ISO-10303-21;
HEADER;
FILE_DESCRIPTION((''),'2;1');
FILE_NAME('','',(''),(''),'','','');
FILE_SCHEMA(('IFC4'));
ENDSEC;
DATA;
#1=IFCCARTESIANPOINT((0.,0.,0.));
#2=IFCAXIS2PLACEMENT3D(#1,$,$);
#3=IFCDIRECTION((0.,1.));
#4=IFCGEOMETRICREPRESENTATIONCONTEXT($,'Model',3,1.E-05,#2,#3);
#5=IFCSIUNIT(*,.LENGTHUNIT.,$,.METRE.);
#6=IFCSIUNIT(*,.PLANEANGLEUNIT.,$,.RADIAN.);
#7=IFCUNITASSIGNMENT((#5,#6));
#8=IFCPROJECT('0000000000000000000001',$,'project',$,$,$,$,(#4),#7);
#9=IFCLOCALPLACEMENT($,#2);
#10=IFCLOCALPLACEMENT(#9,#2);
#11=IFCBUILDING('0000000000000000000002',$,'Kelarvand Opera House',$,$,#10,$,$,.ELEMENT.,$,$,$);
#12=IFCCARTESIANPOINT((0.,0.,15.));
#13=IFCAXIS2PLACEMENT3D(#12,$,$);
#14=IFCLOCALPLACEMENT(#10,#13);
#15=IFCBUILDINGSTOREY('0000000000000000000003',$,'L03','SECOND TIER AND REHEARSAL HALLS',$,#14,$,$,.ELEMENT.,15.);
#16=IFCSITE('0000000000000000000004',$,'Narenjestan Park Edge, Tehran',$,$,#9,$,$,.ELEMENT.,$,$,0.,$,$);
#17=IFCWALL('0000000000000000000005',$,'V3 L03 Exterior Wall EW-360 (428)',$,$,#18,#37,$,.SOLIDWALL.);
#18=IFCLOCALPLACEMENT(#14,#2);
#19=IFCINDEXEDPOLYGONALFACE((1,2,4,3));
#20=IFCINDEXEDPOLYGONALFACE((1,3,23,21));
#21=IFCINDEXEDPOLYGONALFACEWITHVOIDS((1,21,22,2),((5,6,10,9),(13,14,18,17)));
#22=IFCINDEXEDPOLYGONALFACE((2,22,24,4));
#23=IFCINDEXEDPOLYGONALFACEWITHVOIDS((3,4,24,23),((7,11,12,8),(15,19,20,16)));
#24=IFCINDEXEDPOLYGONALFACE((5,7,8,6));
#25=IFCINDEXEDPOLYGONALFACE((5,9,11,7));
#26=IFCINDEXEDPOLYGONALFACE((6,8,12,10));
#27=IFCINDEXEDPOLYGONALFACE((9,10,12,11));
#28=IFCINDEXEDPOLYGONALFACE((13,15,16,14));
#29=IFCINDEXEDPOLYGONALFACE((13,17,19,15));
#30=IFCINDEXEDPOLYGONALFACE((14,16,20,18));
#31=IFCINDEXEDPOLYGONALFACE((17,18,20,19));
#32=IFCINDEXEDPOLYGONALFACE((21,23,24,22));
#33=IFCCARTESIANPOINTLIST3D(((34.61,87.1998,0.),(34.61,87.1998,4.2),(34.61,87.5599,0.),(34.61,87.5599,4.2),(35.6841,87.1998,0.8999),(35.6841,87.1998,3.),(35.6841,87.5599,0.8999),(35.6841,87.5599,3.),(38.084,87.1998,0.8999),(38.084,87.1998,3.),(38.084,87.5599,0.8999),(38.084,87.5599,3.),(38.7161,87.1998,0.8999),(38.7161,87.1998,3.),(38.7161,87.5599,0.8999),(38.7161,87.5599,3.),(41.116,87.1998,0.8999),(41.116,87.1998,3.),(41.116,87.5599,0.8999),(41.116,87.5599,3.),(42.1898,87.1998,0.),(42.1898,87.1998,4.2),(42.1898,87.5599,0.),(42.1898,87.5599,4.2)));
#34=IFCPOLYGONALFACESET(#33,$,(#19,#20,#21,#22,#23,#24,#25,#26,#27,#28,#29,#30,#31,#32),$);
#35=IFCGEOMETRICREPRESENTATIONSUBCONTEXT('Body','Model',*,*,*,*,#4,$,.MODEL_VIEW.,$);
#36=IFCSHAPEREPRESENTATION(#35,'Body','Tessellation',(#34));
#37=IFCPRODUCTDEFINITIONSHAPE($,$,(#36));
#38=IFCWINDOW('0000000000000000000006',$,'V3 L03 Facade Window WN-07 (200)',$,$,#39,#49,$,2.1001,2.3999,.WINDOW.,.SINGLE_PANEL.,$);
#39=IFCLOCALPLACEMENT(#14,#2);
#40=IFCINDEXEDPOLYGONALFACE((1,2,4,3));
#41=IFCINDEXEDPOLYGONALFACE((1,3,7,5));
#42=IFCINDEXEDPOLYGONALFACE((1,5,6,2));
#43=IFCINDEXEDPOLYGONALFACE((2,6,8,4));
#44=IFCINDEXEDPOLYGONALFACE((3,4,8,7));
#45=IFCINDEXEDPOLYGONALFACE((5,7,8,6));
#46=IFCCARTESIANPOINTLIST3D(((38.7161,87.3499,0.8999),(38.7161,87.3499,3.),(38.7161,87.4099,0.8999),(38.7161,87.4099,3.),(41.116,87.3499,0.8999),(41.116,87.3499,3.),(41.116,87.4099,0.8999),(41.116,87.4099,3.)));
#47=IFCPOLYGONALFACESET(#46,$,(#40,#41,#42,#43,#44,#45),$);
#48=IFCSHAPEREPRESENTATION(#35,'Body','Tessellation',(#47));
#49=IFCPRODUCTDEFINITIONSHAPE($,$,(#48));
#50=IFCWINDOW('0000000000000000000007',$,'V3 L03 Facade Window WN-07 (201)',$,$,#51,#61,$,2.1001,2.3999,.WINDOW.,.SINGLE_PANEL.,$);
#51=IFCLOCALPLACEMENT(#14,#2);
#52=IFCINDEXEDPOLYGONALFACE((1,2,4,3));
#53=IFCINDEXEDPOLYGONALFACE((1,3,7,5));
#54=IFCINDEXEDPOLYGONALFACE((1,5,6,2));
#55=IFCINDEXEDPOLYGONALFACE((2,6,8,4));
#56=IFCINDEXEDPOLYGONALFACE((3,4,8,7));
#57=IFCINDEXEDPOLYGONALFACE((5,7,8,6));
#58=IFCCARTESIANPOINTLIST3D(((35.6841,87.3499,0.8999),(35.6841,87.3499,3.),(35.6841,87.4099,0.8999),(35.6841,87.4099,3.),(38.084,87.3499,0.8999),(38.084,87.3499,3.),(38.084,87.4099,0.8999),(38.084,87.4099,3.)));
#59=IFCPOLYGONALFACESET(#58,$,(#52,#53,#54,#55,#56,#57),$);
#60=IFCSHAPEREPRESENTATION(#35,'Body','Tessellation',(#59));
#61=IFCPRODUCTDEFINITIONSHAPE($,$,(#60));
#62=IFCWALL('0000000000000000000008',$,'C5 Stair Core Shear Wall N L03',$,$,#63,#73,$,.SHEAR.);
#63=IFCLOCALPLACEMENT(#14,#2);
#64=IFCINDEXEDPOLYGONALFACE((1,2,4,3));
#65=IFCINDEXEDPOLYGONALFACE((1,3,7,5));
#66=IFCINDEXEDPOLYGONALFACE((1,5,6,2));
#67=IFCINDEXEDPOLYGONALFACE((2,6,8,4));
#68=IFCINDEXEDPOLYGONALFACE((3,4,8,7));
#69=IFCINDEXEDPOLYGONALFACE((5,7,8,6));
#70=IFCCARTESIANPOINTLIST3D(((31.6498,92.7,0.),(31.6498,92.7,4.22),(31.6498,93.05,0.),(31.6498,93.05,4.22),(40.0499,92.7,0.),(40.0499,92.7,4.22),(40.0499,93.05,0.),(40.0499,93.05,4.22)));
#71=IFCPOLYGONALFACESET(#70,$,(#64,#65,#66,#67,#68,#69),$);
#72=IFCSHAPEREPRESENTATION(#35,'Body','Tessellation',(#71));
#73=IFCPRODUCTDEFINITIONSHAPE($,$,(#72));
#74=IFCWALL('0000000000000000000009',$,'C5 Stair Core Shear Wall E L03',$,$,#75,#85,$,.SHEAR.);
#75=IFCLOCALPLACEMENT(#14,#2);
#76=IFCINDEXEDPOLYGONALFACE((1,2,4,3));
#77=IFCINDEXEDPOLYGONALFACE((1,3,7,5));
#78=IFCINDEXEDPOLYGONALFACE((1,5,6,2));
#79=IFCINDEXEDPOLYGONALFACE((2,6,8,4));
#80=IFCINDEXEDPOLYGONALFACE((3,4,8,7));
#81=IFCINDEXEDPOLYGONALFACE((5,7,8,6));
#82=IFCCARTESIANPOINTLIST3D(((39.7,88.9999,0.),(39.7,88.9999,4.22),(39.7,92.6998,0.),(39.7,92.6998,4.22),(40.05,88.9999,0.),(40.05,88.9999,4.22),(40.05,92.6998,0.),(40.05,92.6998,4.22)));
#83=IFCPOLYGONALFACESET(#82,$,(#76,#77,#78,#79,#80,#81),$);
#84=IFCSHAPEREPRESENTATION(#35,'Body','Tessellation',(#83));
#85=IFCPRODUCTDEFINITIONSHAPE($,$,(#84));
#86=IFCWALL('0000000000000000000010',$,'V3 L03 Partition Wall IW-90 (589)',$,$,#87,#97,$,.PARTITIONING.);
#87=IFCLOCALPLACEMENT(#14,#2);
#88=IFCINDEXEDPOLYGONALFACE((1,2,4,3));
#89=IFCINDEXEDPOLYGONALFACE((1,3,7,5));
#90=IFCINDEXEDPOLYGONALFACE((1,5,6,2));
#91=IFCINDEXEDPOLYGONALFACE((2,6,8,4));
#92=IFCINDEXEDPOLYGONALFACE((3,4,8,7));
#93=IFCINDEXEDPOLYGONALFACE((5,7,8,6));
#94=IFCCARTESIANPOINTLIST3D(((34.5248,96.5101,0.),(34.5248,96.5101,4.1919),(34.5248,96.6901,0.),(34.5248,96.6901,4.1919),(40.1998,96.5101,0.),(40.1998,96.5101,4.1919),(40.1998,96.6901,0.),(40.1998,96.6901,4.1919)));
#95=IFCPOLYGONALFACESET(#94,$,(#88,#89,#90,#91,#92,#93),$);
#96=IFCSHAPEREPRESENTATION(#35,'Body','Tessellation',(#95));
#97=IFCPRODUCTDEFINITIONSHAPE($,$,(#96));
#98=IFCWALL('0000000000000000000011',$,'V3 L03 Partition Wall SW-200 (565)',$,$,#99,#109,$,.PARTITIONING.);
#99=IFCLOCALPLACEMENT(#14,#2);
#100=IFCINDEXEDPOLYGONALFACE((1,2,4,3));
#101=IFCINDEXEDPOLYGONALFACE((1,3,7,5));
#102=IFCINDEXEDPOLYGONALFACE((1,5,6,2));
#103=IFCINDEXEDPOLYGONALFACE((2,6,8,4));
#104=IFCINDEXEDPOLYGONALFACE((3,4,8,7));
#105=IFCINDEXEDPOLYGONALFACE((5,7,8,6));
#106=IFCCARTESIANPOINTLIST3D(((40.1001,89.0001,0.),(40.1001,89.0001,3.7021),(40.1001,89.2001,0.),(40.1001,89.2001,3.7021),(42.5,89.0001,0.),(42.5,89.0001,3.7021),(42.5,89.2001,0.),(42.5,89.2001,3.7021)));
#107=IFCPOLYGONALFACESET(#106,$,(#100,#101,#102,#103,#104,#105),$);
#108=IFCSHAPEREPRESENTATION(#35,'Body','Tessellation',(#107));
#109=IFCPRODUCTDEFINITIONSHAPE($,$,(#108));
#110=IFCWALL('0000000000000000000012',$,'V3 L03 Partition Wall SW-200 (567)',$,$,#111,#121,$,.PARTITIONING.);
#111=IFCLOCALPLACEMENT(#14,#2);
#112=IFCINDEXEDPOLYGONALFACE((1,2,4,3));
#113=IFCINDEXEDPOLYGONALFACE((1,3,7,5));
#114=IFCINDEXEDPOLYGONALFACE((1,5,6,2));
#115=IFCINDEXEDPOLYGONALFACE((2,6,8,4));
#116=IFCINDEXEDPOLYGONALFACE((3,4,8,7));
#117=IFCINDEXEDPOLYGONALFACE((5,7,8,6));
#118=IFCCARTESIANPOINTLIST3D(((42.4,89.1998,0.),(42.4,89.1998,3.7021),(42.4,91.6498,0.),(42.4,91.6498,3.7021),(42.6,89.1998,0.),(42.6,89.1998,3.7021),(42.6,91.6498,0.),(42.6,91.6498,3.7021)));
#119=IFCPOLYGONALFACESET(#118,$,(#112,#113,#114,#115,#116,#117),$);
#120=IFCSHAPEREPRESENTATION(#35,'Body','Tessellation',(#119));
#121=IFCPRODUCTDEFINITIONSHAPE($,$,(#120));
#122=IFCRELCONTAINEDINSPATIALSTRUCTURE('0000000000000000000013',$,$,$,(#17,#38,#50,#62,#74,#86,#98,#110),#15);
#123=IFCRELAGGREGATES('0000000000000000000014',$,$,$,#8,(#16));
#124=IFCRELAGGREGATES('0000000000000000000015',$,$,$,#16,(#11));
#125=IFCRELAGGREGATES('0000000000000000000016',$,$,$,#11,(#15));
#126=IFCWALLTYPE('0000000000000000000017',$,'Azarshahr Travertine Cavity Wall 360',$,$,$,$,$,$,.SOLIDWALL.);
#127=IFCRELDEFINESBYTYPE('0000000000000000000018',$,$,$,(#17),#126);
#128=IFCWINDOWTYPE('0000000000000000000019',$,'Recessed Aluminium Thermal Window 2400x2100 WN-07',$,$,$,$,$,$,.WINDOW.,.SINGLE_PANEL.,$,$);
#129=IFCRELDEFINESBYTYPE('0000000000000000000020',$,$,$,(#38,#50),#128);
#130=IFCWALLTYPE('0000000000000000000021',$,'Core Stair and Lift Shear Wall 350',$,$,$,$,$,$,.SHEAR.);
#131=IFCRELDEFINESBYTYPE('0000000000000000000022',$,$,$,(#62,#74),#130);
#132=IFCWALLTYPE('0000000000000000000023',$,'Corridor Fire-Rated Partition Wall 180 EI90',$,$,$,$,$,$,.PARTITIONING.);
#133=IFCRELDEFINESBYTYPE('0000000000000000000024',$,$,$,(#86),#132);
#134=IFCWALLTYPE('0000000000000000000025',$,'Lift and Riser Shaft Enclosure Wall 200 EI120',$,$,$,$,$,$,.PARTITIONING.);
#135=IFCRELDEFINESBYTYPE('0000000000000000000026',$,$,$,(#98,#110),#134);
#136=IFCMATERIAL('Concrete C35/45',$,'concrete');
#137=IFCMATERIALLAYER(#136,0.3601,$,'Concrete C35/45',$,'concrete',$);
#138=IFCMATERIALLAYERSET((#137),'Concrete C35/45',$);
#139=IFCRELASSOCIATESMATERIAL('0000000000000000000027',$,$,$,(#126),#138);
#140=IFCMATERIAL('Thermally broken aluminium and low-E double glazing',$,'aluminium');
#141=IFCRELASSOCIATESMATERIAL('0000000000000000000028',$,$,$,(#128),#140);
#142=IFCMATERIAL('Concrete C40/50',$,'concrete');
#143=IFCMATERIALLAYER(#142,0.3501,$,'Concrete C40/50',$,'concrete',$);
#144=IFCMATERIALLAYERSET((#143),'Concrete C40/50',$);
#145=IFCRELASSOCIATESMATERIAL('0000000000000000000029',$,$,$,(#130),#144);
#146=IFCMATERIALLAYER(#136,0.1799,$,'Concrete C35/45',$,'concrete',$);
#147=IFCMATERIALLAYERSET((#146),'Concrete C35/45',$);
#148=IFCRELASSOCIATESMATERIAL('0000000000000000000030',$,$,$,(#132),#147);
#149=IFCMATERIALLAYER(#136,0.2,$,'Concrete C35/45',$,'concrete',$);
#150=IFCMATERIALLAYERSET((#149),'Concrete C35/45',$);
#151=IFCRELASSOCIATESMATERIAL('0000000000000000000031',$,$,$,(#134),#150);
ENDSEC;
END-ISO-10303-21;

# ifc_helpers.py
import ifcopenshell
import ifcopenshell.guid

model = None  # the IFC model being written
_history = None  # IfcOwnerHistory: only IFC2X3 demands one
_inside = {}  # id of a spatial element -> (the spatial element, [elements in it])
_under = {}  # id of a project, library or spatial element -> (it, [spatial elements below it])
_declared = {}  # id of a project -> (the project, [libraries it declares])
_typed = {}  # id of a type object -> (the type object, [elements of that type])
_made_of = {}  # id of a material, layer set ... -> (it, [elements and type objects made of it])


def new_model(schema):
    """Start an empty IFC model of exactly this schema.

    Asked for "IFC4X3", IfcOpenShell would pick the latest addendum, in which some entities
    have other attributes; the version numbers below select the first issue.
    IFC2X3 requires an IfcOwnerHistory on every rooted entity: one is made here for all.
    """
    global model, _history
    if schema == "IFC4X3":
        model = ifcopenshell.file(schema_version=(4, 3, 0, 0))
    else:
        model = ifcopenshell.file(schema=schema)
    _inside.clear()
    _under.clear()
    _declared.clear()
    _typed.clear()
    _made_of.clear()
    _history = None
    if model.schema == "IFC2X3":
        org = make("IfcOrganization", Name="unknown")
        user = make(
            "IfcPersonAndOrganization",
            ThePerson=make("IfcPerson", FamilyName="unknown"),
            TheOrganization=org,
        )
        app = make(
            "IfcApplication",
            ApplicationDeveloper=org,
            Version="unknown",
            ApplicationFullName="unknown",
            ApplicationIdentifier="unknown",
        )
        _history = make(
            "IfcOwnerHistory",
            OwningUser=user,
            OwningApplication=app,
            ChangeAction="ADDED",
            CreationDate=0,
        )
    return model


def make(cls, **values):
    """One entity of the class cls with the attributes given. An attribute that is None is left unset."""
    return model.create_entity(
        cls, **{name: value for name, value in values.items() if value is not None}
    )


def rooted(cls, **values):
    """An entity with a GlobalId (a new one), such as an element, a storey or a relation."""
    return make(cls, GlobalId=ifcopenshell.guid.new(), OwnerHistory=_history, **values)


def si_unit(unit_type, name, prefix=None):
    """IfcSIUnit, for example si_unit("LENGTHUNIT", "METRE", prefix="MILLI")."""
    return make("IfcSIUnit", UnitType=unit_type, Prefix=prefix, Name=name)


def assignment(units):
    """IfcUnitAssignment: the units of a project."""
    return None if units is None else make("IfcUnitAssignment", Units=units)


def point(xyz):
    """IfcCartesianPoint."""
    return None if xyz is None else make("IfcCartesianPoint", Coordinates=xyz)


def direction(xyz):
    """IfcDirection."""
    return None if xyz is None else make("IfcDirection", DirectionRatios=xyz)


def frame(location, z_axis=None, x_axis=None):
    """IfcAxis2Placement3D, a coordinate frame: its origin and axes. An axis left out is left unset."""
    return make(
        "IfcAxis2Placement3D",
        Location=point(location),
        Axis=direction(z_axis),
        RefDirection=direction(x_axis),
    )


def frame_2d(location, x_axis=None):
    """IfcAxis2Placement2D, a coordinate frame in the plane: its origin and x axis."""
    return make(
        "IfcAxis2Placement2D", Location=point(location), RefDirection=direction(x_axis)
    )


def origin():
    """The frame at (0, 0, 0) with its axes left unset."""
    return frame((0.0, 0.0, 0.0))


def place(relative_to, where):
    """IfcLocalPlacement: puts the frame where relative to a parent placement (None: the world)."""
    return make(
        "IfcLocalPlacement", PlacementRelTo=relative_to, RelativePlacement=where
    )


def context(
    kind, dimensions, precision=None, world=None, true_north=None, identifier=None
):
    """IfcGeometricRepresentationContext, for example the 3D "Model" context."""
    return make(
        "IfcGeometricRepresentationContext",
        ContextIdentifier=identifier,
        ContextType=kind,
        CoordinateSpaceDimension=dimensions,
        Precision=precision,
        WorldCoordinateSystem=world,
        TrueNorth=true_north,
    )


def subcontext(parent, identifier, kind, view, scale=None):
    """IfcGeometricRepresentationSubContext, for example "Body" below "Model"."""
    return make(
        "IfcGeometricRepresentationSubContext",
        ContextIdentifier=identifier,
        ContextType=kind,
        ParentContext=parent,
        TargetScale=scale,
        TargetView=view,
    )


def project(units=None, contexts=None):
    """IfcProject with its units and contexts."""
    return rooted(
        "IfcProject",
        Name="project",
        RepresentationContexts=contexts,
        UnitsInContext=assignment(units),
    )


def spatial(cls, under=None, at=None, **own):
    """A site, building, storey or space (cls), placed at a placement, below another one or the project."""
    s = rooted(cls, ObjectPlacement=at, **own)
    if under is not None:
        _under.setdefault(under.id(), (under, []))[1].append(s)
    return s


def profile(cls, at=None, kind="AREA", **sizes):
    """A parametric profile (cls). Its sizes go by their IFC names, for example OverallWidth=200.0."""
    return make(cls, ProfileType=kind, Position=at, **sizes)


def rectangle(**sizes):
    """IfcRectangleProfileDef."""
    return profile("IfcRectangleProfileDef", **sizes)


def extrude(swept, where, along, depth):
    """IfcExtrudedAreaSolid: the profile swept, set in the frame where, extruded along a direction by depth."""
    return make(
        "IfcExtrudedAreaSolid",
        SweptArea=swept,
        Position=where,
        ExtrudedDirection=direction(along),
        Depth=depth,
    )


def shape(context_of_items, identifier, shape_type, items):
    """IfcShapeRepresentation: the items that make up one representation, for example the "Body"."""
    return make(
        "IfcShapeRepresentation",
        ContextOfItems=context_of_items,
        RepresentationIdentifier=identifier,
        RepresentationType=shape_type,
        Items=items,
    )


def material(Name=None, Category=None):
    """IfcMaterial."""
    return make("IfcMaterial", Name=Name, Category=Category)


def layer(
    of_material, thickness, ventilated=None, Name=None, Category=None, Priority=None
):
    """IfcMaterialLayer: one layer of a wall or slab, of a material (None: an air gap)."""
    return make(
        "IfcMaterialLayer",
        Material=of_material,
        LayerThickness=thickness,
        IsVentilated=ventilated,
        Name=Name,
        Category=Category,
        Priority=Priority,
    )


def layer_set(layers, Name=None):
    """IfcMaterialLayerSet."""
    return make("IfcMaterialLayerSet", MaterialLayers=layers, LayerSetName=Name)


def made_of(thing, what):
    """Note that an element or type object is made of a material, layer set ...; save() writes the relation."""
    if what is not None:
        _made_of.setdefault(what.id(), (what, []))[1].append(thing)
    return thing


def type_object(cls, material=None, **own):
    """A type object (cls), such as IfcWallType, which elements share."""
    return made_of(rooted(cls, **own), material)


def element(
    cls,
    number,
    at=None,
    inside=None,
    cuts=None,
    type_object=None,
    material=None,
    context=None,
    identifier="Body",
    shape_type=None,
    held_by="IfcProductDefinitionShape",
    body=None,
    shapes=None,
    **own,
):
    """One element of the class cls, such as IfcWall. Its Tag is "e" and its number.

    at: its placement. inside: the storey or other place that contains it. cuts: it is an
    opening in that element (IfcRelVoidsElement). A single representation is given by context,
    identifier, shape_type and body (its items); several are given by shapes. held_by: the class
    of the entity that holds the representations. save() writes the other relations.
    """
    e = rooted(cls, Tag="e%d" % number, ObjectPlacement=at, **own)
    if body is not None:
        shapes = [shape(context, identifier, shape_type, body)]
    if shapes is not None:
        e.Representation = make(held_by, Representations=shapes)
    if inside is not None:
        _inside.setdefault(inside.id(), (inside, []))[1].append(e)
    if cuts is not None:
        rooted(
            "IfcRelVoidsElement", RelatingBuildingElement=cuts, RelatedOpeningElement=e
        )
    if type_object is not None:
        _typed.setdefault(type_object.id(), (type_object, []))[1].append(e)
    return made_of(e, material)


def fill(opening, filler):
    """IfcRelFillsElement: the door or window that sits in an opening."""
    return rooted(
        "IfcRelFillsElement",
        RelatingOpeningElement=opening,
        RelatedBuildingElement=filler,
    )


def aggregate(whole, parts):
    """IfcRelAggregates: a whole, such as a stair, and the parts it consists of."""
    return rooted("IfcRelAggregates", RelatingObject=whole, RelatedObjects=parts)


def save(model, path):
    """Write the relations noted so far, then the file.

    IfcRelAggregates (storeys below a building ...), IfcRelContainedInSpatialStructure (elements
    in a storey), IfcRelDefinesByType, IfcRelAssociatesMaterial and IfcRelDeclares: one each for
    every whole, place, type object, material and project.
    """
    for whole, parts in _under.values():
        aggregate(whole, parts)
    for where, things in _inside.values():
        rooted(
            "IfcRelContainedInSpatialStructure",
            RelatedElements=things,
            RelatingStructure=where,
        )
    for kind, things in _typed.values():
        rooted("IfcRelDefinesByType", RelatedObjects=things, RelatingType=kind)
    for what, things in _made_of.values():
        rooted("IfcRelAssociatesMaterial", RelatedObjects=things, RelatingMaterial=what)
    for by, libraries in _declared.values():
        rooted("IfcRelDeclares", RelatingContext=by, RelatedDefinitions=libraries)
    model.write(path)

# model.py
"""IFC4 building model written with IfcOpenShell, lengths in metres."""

from ifc_helpers import new_model, si_unit, direction, frame, frame_2d, origin, place, context, subcontext, project, spatial, rectangle, extrude, material, layer, layer_set, type_object, element, fill, save


model = new_model("IFC4")

# Units and contexts
model_context = context("Model", 3, precision=1e-05, world=origin(), true_north=direction((0.0, 1.0)))
body_context = subcontext(model_context, "Body", "Model", "MODEL_VIEW")
ifc_project = project(units=[si_unit("LENGTHUNIT", "METRE"), si_unit("PLANEANGLEUNIT", "RADIAN")], contexts=[model_context])

# Site, building, storey
site_placement = place(None, origin())
site = spatial("IfcSite", under=ifc_project, at=site_placement, Name="Narenjestan Park Edge, Tehran", CompositionType="ELEMENT", RefElevation=0.0)
building_placement = place(site_placement, origin())
building = spatial("IfcBuilding", under=site, at=building_placement, Name="Kelarvand Opera House", CompositionType="ELEMENT")
storey_placement = place(building_placement, frame((0.0, 0.0, 15.0)))
storey = spatial("IfcBuildingStorey", under=building, at=storey_placement, Name="L03", Description="SECOND TIER AND REHEARSAL HALLS", CompositionType="ELEMENT", Elevation=15.0)

# Shared definitions
ifc_material_1 = material(Name="Concrete C40/50", Category="concrete")

# Shared definitions
ifc_material_2 = material(Name="Concrete C35/45", Category="concrete")

# Wall, openings, windows
ifc_layer_1 = layer(ifc_material_2, 0.3601, Name="Concrete C35/45", Category="concrete")
ifc_layer_set_1 = layer_set([ifc_layer_1], Name="Concrete C35/45")
wall_type_1 = type_object("IfcWallType", Name="Azarshahr Travertine Cavity Wall 360", PredefinedType="SOLIDWALL", material=ifc_layer_set_1)
wall_1_placement = place(storey_placement, frame((42.1899, 87.3799, 0.0), z_axis=(0.0, 0.0, 1.0), x_axis=(-1.0, 0.0, 0.0)))
wall_1 = element("IfcWall", 1, at=wall_1_placement, inside=storey, type_object=wall_type_1, Name="V3 L03 Exterior Wall EW-360 (428)", PredefinedType="SOLIDWALL", context=body_context, shape_type="SweptSolid", body=[
    extrude(rectangle(XDim=7.5798, YDim=0.3601, at=frame_2d((3.79, 0.0))), origin(), (0.0, 0.0, 1.0), 4.2),
])
opening_1_placement = place(wall_1_placement, frame((1.074, 0.0, 0.8999)))
opening_1 = element("IfcOpeningElement", 2, at=opening_1_placement, cuts=wall_1, PredefinedType="OPENING", context=body_context, shape_type="SweptSolid", body=[
    extrude(rectangle(XDim=2.3999, YDim=2.1001, at=frame_2d((1.2, 1.05))), frame((0.0, 0.1899, 0.0), z_axis=(0.0, -1.0, 0.0), x_axis=(1.0, 0.0, 0.0)), (0.0, 0.0, 1.0), 0.3801),
])
opening_2_placement = place(wall_1_placement, frame((4.106, 0.0, 0.8999)))
opening_2 = element("IfcOpeningElement", 3, at=opening_2_placement, cuts=wall_1, PredefinedType="OPENING", context=body_context, shape_type="SweptSolid", body=[
    extrude(rectangle(XDim=2.3999, YDim=2.1001, at=frame_2d((1.2, 1.05))), frame((0.0, 0.1899, 0.0), z_axis=(0.0, -1.0, 0.0), x_axis=(1.0, 0.0, 0.0)), (0.0, 0.0, 1.0), 0.3801),
])
ifc_material_3 = material(Name="Thermally broken aluminium and low-E double glazing", Category="aluminium")
window_type = type_object("IfcWindowType", Name="Recessed Aluminium Thermal Window 2400x2100 WN-07", PartitioningType="SINGLE_PANEL", PredefinedType="WINDOW", material=ifc_material_3)
window_1_placement = place(opening_1_placement, origin())
window_1 = element("IfcWindow", 4, at=window_1_placement, inside=storey, type_object=window_type, Name="V3 L03 Facade Window WN-07 (200)", OverallHeight=2.1001, OverallWidth=2.3999, PartitioningType="SINGLE_PANEL", PredefinedType="WINDOW", context=body_context, shape_type="SweptSolid", body=[
    extrude(rectangle(XDim=2.3999, YDim=2.1001, at=frame_2d((1.2, 1.05))), frame((0.0, 0.03, 0.0), z_axis=(0.0, -1.0, 0.0), x_axis=(1.0, 0.0, 0.0)), (0.0, 0.0, 1.0), 0.0601),
])
fill(opening_1, window_1)
window_2_placement = place(opening_2_placement, origin())
window_2 = element("IfcWindow", 5, at=window_2_placement, inside=storey, type_object=window_type, Name="V3 L03 Facade Window WN-07 (201)", OverallHeight=2.1001, OverallWidth=2.3999, PartitioningType="SINGLE_PANEL", PredefinedType="WINDOW", context=body_context, shape_type="SweptSolid", body=[
    extrude(rectangle(XDim=2.3999, YDim=2.1001, at=frame_2d((1.2, 1.05))), frame((0.0, 0.03, 0.0), z_axis=(0.0, -1.0, 0.0), x_axis=(1.0, 0.0, 0.0)), (0.0, 0.0, 1.0), 0.0601),
])
fill(opening_2, window_2)

# Walls
ifc_layer_2 = layer(ifc_material_1, 0.3501, Name="Concrete C40/50", Category="concrete")
ifc_layer_set_2 = layer_set([ifc_layer_2], Name="Concrete C40/50")
wall_type_2 = type_object("IfcWallType", Name="Core Stair and Lift Shear Wall 350", PredefinedType="SHEAR", material=ifc_layer_set_2)
wall_2_placement = place(storey_placement, frame((40.05, 92.875, 0.0), z_axis=(0.0, 0.0, 1.0), x_axis=(-1.0, 0.0, 0.0)))
element("IfcWall", 6, at=wall_2_placement, inside=storey, type_object=wall_type_2, Name="C5 Stair Core Shear Wall N L03", PredefinedType="SHEAR", context=body_context, shape_type="SweptSolid", body=[
    extrude(rectangle(XDim=8.4001, YDim=0.3501, at=frame_2d((4.2002, 0.0))), origin(), (0.0, 0.0, 1.0), 4.22),
])
wall_3_placement = place(storey_placement, frame((39.875, 92.7, 0.0), z_axis=(0.0, 0.0, 1.0), x_axis=(0.0, -1.0, 0.0)))
element("IfcWall", 7, at=wall_3_placement, inside=storey, type_object=wall_type_2, Name="C5 Stair Core Shear Wall E L03", PredefinedType="SHEAR", context=body_context, shape_type="SweptSolid", body=[
    extrude(rectangle(XDim=3.7, YDim=0.3501, at=frame_2d((1.8501, 0.0))), origin(), (0.0, 0.0, 1.0), 4.22),
])
ifc_layer_3 = layer(ifc_material_2, 0.1799, Name="Concrete C35/45", Category="concrete")
ifc_layer_set_3 = layer_set([ifc_layer_3], Name="Concrete C35/45")
wall_type_3 = type_object("IfcWallType", Name="Corridor Fire-Rated Partition Wall 180 EI90", PredefinedType="PARTITIONING", material=ifc_layer_set_3)
wall_4_placement = place(storey_placement, frame((34.5249, 96.6001, 0.0), z_axis=(0.0, 0.0, 1.0), x_axis=(1.0, 0.0, 0.0)))
element("IfcWall", 8, at=wall_4_placement, inside=storey, type_object=wall_type_3, Name="V3 L03 Partition Wall IW-90 (589)", PredefinedType="PARTITIONING", context=body_context, shape_type="SweptSolid", body=[
    extrude(rectangle(XDim=5.675, YDim=0.1799, at=frame_2d((2.8374, 0.0))), origin(), (0.0, 0.0, 1.0), 4.1919),
])
ifc_layer_4 = layer(ifc_material_2, 0.2, Name="Concrete C35/45", Category="concrete")
ifc_layer_set_4 = layer_set([ifc_layer_4], Name="Concrete C35/45")
wall_type_4 = type_object("IfcWallType", Name="Lift and Riser Shaft Enclosure Wall 200 EI120", PredefinedType="PARTITIONING", material=ifc_layer_set_4)
wall_5_placement = place(storey_placement, frame((40.1001, 89.1001, 0.0), z_axis=(0.0, 0.0, 1.0), x_axis=(1.0, 0.0, 0.0)))
element("IfcWall", 9, at=wall_5_placement, inside=storey, type_object=wall_type_4, Name="V3 L03 Partition Wall SW-200 (565)", PredefinedType="PARTITIONING", context=body_context, shape_type="SweptSolid", body=[
    extrude(rectangle(XDim=2.3999, YDim=0.2, at=frame_2d((1.2, 0.0))), origin(), (0.0, 0.0, 1.0), 3.7021),
])

# Wall
wall_6_placement = place(storey_placement, frame((42.5, 91.6499, 0.0), z_axis=(0.0, 0.0, 1.0), x_axis=(0.0, -1.0, 0.0)))
element("IfcWall", 10, at=wall_6_placement, inside=storey, type_object=wall_type_4, Name="V3 L03 Partition Wall SW-200 (567)", PredefinedType="PARTITIONING", context=body_context, shape_type="SweptSolid", body=[
    extrude(rectangle(XDim=2.45, YDim=0.2, at=frame_2d((1.2251, 0.0))), origin(), (0.0, 0.0, 1.0), 3.7021),
])

save(model, "model.ifc")
